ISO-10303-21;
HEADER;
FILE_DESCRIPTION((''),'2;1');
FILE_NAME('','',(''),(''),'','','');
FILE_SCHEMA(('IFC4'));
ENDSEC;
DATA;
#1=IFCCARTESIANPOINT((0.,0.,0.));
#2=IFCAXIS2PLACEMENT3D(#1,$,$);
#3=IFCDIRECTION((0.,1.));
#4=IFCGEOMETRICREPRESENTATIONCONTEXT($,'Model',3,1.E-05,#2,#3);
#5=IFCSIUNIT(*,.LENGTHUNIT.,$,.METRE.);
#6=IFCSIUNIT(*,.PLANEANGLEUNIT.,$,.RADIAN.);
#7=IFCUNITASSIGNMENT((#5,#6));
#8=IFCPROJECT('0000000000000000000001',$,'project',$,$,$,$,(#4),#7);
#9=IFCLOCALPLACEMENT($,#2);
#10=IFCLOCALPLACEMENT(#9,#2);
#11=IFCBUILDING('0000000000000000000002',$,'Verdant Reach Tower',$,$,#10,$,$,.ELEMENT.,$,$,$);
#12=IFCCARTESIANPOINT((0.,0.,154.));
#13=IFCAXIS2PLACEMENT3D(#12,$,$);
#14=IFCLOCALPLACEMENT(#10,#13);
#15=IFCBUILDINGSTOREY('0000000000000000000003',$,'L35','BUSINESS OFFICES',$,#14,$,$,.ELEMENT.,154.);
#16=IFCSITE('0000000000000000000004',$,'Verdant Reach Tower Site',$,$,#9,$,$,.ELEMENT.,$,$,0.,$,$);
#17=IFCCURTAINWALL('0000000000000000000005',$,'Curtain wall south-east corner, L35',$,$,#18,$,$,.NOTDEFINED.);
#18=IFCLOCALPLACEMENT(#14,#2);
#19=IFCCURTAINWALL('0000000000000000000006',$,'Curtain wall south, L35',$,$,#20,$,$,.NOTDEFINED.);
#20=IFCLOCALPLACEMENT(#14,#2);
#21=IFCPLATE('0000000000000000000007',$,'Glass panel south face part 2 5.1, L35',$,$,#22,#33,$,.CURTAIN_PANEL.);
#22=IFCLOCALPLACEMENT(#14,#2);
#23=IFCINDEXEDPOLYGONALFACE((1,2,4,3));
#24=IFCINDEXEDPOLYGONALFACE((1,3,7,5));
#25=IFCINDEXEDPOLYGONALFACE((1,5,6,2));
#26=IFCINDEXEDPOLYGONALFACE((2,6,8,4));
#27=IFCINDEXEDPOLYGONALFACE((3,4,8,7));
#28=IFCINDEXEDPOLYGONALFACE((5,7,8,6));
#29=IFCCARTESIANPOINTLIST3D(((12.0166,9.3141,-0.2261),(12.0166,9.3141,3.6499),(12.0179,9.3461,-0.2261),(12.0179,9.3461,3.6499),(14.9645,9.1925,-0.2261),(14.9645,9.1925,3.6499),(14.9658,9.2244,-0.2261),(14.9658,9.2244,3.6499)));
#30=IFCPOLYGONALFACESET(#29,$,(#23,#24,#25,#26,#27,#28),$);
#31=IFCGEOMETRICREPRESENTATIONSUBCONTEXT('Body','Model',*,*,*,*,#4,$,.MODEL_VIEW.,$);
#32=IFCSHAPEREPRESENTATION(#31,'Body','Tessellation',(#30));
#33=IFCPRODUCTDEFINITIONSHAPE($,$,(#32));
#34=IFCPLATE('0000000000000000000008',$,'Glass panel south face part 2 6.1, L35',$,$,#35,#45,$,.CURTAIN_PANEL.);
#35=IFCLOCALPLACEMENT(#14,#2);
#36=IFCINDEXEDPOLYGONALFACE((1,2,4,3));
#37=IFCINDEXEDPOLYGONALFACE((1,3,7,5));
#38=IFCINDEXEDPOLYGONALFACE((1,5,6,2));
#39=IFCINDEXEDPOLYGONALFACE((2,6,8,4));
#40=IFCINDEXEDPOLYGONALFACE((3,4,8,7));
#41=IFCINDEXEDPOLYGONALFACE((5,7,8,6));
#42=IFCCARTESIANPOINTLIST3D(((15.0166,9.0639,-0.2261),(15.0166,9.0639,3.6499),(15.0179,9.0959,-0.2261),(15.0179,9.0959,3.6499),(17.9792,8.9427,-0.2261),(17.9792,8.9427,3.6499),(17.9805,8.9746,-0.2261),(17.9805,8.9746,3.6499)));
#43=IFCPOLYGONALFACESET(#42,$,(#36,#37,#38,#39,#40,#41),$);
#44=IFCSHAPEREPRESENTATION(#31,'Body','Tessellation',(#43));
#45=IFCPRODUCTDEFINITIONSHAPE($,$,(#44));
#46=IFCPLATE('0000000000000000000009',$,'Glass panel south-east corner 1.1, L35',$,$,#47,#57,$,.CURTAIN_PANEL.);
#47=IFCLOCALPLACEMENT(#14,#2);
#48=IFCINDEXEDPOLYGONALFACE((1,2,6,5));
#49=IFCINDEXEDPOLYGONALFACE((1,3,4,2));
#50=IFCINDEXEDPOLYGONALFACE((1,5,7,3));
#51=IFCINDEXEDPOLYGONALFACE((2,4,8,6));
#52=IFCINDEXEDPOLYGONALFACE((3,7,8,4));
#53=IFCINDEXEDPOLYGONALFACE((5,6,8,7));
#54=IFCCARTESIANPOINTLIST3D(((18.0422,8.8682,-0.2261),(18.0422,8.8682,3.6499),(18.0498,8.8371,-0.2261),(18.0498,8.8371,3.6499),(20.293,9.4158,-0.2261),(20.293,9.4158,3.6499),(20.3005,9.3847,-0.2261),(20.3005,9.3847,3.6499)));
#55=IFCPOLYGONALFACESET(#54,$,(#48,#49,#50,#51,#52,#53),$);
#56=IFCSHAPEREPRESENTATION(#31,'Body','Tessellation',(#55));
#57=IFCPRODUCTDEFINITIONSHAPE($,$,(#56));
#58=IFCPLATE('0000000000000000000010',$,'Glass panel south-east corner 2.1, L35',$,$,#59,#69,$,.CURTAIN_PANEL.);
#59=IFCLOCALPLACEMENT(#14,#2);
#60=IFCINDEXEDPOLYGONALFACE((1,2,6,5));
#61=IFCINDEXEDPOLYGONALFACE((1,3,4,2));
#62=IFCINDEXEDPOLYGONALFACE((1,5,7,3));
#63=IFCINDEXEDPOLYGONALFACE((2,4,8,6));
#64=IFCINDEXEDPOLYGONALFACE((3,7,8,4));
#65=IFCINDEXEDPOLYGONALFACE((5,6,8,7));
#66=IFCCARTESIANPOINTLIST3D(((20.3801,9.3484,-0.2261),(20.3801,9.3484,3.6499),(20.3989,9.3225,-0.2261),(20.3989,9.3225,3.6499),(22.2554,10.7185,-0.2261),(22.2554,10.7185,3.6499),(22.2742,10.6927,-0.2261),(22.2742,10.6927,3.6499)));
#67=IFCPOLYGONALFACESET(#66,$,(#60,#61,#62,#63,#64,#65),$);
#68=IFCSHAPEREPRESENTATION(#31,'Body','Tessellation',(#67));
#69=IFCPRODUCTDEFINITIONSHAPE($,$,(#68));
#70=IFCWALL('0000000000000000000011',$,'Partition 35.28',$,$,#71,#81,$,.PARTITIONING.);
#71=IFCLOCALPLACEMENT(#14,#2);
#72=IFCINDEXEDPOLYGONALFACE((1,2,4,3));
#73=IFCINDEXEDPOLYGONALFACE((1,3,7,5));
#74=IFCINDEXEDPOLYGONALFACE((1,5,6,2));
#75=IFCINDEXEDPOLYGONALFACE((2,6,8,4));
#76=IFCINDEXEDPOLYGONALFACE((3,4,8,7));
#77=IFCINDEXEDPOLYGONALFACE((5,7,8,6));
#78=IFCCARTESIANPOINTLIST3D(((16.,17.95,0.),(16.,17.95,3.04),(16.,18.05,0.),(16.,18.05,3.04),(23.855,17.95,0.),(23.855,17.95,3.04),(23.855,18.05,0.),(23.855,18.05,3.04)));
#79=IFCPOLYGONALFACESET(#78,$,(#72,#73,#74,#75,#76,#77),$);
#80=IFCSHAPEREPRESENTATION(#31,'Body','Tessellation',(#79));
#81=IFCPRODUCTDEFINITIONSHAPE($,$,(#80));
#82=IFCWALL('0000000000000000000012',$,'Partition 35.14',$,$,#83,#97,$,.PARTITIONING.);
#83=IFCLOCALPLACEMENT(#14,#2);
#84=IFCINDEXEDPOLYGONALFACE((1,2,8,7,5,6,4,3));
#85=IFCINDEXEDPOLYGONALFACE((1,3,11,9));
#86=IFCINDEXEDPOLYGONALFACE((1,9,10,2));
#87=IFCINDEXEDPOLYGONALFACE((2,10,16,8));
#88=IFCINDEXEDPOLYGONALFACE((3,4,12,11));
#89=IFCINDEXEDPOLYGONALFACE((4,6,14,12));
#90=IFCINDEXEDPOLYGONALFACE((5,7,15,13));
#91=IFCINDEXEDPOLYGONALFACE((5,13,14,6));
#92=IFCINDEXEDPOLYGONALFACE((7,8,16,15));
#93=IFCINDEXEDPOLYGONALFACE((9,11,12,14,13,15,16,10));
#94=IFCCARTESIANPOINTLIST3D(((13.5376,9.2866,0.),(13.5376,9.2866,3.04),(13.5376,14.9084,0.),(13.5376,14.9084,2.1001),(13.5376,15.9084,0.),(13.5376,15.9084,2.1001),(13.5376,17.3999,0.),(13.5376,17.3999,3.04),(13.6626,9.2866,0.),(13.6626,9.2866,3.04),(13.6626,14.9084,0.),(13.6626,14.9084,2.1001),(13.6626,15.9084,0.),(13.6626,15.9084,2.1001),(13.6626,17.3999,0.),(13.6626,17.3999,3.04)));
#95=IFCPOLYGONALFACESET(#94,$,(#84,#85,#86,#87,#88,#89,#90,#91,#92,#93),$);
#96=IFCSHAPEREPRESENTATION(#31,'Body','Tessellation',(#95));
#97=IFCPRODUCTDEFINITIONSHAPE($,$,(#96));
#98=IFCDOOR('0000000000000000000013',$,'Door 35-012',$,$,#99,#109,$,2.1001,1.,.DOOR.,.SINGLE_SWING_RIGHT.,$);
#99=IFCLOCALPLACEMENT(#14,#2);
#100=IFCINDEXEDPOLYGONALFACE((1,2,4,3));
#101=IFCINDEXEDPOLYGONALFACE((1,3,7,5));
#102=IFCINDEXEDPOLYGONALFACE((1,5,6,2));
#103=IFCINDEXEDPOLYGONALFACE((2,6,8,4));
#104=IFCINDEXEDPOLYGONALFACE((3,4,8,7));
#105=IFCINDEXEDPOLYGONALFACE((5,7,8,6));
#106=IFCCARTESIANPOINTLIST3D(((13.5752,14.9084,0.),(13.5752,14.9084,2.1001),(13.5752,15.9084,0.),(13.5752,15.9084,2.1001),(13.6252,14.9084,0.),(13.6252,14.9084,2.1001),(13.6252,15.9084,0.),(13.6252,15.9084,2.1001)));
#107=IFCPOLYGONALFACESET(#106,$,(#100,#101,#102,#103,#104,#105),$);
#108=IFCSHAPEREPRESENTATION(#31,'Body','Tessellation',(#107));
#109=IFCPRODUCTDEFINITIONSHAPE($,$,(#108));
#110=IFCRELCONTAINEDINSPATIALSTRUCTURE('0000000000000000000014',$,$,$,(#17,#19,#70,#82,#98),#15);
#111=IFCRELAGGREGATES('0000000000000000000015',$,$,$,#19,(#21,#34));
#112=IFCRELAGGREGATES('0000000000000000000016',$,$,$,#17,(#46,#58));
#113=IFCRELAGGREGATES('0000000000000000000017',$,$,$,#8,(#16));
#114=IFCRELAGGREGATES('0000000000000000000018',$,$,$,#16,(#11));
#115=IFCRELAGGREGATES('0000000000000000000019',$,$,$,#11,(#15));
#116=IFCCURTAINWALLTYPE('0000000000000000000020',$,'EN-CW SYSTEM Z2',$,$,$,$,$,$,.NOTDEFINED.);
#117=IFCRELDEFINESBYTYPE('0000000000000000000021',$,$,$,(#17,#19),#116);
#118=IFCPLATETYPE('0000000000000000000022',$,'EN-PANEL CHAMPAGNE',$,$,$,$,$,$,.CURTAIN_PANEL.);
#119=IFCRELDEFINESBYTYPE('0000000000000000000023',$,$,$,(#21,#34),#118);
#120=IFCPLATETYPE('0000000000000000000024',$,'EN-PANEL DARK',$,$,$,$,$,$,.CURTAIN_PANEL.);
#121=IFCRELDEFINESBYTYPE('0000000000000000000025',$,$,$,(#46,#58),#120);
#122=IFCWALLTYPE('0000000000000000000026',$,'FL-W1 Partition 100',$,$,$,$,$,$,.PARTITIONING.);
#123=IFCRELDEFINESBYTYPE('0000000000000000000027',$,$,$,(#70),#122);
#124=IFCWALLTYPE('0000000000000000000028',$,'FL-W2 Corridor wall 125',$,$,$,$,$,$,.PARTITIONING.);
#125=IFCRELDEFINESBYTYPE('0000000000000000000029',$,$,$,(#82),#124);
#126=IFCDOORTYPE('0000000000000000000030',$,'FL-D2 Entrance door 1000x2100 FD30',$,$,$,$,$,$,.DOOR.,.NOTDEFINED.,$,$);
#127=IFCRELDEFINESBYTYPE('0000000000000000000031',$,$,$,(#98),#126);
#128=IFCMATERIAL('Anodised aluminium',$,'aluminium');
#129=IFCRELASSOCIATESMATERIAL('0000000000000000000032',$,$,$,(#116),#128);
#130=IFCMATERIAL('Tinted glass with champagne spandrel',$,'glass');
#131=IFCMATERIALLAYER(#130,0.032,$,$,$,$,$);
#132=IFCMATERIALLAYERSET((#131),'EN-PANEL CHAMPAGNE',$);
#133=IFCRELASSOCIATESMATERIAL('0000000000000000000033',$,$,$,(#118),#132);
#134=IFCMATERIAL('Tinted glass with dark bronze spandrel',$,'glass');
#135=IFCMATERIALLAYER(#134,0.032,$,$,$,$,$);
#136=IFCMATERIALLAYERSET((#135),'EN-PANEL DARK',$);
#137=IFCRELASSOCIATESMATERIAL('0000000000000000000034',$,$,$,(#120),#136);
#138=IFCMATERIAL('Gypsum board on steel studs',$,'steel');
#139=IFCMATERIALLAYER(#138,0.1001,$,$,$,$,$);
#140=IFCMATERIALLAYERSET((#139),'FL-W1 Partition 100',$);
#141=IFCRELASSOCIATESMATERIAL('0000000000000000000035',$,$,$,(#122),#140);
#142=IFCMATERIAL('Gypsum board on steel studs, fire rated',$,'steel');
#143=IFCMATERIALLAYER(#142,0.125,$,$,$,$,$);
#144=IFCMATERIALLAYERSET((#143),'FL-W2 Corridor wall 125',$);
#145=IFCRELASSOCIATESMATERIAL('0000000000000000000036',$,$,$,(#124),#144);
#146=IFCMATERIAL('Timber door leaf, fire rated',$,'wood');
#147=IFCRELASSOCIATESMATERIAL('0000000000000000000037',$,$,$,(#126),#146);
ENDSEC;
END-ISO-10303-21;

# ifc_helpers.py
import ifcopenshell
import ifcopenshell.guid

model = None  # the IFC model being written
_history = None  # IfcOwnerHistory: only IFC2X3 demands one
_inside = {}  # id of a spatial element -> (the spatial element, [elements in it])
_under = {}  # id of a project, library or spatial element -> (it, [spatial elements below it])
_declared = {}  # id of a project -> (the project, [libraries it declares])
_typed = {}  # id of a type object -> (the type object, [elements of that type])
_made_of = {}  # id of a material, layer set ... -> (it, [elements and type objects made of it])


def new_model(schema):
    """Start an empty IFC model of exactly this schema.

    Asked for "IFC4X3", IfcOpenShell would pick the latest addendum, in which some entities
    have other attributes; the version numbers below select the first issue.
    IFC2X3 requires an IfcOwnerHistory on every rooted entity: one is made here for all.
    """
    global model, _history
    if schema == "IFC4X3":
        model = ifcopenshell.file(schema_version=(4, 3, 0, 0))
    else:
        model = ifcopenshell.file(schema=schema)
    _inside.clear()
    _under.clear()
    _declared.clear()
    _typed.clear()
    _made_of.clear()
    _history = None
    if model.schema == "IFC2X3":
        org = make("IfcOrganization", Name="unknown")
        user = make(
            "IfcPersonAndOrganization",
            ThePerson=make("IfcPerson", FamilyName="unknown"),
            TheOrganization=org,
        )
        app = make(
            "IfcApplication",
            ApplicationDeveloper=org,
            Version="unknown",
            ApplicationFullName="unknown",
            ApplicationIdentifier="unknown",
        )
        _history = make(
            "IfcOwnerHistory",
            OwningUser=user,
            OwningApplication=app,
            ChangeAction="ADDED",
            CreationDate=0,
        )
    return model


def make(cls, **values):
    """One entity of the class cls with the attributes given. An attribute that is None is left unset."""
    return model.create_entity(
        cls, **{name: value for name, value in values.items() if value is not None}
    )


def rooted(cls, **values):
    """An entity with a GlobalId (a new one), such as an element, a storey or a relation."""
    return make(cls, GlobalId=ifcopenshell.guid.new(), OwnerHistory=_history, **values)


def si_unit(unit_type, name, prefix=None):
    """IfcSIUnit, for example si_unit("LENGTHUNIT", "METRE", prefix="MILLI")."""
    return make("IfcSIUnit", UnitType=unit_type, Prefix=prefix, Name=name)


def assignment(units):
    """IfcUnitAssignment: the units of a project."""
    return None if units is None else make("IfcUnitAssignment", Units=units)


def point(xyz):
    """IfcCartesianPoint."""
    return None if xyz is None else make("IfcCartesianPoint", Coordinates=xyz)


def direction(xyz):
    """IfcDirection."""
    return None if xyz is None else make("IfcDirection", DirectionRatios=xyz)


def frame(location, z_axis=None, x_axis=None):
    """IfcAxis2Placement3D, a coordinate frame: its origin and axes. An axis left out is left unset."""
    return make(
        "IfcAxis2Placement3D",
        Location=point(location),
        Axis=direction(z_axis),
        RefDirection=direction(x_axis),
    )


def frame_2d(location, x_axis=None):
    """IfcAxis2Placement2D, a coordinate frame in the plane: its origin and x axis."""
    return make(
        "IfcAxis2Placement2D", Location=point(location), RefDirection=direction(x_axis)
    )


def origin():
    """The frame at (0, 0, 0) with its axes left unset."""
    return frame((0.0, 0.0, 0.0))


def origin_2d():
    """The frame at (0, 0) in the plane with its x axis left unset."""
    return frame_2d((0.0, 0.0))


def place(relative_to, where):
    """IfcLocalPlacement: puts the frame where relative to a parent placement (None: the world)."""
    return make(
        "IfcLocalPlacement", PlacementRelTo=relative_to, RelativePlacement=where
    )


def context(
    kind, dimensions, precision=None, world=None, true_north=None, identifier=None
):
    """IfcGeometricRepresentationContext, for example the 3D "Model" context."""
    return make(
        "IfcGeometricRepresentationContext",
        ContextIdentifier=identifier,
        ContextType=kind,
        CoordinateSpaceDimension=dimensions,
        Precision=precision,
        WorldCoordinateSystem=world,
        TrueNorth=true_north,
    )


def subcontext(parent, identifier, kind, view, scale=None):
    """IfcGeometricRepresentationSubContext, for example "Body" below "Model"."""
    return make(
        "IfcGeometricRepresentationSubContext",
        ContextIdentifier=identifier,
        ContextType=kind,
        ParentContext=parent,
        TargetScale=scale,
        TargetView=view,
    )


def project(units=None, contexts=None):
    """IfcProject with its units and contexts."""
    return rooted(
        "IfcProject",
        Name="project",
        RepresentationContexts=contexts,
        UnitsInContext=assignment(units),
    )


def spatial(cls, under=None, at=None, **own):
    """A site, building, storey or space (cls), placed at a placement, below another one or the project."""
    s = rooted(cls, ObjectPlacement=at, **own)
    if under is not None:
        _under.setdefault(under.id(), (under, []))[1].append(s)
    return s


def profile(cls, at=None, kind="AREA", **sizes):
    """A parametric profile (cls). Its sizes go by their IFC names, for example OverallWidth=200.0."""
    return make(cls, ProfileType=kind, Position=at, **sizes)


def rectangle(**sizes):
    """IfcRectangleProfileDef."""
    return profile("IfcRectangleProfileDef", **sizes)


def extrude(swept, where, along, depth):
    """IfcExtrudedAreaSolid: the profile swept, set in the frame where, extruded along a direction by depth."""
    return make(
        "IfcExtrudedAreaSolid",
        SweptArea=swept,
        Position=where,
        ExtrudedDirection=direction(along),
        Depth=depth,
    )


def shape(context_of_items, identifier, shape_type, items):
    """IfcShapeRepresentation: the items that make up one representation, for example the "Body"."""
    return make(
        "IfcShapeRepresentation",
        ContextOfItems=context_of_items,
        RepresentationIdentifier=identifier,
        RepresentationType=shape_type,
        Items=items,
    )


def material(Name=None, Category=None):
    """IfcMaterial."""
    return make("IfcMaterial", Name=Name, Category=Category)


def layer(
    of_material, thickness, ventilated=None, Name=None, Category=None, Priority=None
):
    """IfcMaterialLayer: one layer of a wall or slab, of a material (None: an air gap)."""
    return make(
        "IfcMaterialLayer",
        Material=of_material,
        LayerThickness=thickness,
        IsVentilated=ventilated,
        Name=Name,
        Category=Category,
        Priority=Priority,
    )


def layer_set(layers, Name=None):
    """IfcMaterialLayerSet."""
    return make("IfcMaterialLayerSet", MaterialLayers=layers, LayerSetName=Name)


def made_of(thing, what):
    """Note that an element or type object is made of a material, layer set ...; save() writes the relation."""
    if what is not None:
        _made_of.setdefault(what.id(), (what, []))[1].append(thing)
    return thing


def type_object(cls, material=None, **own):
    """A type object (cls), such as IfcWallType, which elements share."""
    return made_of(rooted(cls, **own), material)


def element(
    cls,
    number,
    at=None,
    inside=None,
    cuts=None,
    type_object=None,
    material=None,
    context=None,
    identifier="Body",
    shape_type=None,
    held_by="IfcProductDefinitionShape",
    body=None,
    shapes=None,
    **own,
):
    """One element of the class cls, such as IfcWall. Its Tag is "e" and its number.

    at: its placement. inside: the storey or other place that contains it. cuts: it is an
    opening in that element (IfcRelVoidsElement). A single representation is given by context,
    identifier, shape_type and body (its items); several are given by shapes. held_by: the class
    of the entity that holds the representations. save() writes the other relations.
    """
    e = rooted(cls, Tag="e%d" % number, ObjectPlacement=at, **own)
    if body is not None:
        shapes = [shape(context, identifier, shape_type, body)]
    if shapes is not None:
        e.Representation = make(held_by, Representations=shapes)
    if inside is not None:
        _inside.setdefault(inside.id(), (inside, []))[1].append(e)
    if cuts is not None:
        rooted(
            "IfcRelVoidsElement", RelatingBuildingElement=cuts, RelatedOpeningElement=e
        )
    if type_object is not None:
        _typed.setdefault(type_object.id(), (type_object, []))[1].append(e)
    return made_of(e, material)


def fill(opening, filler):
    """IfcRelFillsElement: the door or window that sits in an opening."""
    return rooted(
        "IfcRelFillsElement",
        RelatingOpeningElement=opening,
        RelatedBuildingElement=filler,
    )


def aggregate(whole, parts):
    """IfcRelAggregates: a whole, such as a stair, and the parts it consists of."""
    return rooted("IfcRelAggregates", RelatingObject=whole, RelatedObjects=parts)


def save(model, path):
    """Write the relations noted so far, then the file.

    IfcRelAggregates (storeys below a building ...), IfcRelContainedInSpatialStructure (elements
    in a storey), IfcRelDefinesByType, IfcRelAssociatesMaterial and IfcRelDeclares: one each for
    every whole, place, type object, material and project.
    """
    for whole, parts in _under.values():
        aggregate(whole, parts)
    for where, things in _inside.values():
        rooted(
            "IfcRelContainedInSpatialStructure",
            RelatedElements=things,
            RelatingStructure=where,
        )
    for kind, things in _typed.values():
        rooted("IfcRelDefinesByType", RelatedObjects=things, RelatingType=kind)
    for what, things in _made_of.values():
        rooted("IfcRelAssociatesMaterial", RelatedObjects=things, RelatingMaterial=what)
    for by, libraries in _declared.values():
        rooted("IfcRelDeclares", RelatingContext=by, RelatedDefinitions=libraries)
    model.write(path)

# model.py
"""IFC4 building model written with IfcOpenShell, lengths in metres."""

from ifc_helpers import new_model, si_unit, direction, frame, frame_2d, origin, origin_2d, place, context, subcontext, project, spatial, rectangle, extrude, material, layer, layer_set, type_object, element, fill, aggregate, save


model = new_model("IFC4")

# Units and contexts
model_context = context("Model", 3, precision=1e-05, world=origin(), true_north=direction((0.0, 1.0)))
body_context = subcontext(model_context, "Body", "Model", "MODEL_VIEW")
ifc_project = project(units=[si_unit("LENGTHUNIT", "METRE"), si_unit("PLANEANGLEUNIT", "RADIAN")], contexts=[model_context])

# Site, building, storey
site_placement = place(None, origin())
site = spatial("IfcSite", under=ifc_project, at=site_placement, Name="Verdant Reach Tower Site", CompositionType="ELEMENT", RefElevation=0.0)
building_placement = place(site_placement, origin())
building = spatial("IfcBuilding", under=site, at=building_placement, Name="Verdant Reach Tower", CompositionType="ELEMENT")
storey_placement = place(building_placement, frame((0.0, 0.0, 154.0)))
storey = spatial("IfcBuildingStorey", under=building, at=storey_placement, Name="L35", Description="BUSINESS OFFICES", CompositionType="ELEMENT", Elevation=154.0)

# Shared definitions
ifc_material_1 = material(Name="Anodised aluminium", Category="aluminium")
curtain_wall_type = type_object("IfcCurtainWallType", Name="EN-CW SYSTEM Z2", PredefinedType="NOTDEFINED", material=ifc_material_1)

# Curtain wall
curtain_wall_1_placement = place(storey_placement, origin())
curtain_wall_1 = element("IfcCurtainWall", 1, at=curtain_wall_1_placement, inside=storey, type_object=curtain_wall_type, Name="Curtain wall south-east corner, L35", PredefinedType="NOTDEFINED")
ifc_material_2 = material(Name="Tinted glass with champagne spandrel", Category="glass")
ifc_layer_1 = layer(ifc_material_2, 0.032)
ifc_layer_set_1 = layer_set([ifc_layer_1], Name="EN-PANEL CHAMPAGNE")
plate_type_1 = type_object("IfcPlateType", Name="EN-PANEL CHAMPAGNE", PredefinedType="CURTAIN_PANEL", material=ifc_layer_set_1)

# Curtain wall, plates
curtain_wall_2_placement = place(storey_placement, origin())
curtain_wall_2 = element("IfcCurtainWall", 2, at=curtain_wall_2_placement, inside=storey, type_object=curtain_wall_type, Name="Curtain wall south, L35", PredefinedType="NOTDEFINED")
plate_1_placement = place(storey_placement, frame((13.4912, 9.2693, -0.2261), z_axis=(0.0, 0.0, 1.0), x_axis=(0.999149, -0.041242, 0.0)))
plate_1 = element("IfcPlate", 3, at=plate_1_placement, type_object=plate_type_1, Name="Glass panel south face part 2 5.1, L35", PredefinedType="CURTAIN_PANEL", context=body_context, shape_type="SweptSolid", body=[
    extrude(rectangle(XDim=2.9504, YDim=0.032, at=origin_2d()), origin(), (0.0, 0.0, 1.0), 3.876),
])
plate_2_placement = place(storey_placement, frame((16.4985, 9.0193, -0.2261), z_axis=(0.0, 0.0, 1.0), x_axis=(0.999163, -0.0409, 0.0)))
plate_2 = element("IfcPlate", 4, at=plate_2_placement, type_object=plate_type_1, Name="Glass panel south face part 2 6.1, L35", PredefinedType="CURTAIN_PANEL", context=body_context, shape_type="SweptSolid", body=[
    extrude(rectangle(XDim=2.9651, YDim=0.032, at=origin_2d()), origin(), (0.0, 0.0, 1.0), 3.876),
])
aggregate(curtain_wall_2, [plate_1, plate_2])

# Plates
ifc_material_3 = material(Name="Tinted glass with dark bronze spandrel", Category="glass")
ifc_layer_2 = layer(ifc_material_3, 0.032)
ifc_layer_set_2 = layer_set([ifc_layer_2], Name="EN-PANEL DARK")
plate_type_2 = type_object("IfcPlateType", Name="EN-PANEL DARK", PredefinedType="CURTAIN_PANEL", material=ifc_layer_set_2)
plate_3_placement = place(storey_placement, frame((19.1714, 9.1265, -0.2261), z_axis=(0.0, 0.0, 1.0), x_axis=(0.971658, 0.236391, 0.0)))
plate_3 = element("IfcPlate", 5, at=plate_3_placement, type_object=plate_type_2, Name="Glass panel south-east corner 1.1, L35", PredefinedType="CURTAIN_PANEL", context=body_context, shape_type="SweptSolid", body=[
    extrude(rectangle(XDim=2.3164, YDim=0.032, at=origin_2d()), origin(), (0.0, 0.0, 1.0), 3.876),
])
plate_4_placement = place(storey_placement, frame((21.3271, 10.0205, -0.2261), z_axis=(0.0, 0.0, 1.0), x_axis=(0.807457, 0.589927, 0.0)))
plate_4 = element("IfcPlate", 6, at=plate_4_placement, type_object=plate_type_2, Name="Glass panel south-east corner 2.1, L35", PredefinedType="CURTAIN_PANEL", context=body_context, shape_type="SweptSolid", body=[
    extrude(rectangle(XDim=2.3225, YDim=0.032, at=origin_2d()), origin(), (0.0, 0.0, 1.0), 3.876),
])
aggregate(curtain_wall_1, [plate_3, plate_4])

# Wall
ifc_material_4 = material(Name="Gypsum board on steel studs", Category="steel")
ifc_layer_3 = layer(ifc_material_4, 0.1001)
ifc_layer_set_3 = layer_set([ifc_layer_3], Name="FL-W1 Partition 100")
wall_type_1 = type_object("IfcWallType", Name="FL-W1 Partition 100", PredefinedType="PARTITIONING", material=ifc_layer_set_3)
wall_1_placement = place(storey_placement, frame((23.855, 18.0, 0.0), z_axis=(0.0, 0.0, 1.0), x_axis=(-1.0, 0.0, 0.0)))
element("IfcWall", 7, at=wall_1_placement, inside=storey, type_object=wall_type_1, Name="Partition 35.28", PredefinedType="PARTITIONING", context=body_context, shape_type="SweptSolid", body=[
    extrude(rectangle(XDim=7.855, YDim=0.1001, at=frame_2d((3.9275, 0.0))), origin(), (0.0, 0.0, 1.0), 3.04),
])

# Wall, opening, door
ifc_material_5 = material(Name="Gypsum board on steel studs, fire rated", Category="steel")
ifc_layer_4 = layer(ifc_material_5, 0.125)
ifc_layer_set_4 = layer_set([ifc_layer_4], Name="FL-W2 Corridor wall 125")
wall_type_2 = type_object("IfcWallType", Name="FL-W2 Corridor wall 125", PredefinedType="PARTITIONING", material=ifc_layer_set_4)
ifc_material_6 = material(Name="Timber door leaf, fire rated", Category="wood")
door_type = type_object("IfcDoorType", Name="FL-D2 Entrance door 1000x2100 FD30", OperationType="NOTDEFINED", PredefinedType="DOOR", material=ifc_material_6)
wall_2_placement = place(storey_placement, frame((13.6001, 9.2866, 0.0), z_axis=(0.0, 0.0, 1.0), x_axis=(0.0, 1.0, 0.0)))
wall_2 = element("IfcWall", 8, at=wall_2_placement, inside=storey, type_object=wall_type_2, Name="Partition 35.14", PredefinedType="PARTITIONING", context=body_context, shape_type="SweptSolid", body=[
    extrude(rectangle(XDim=8.1133, YDim=0.125, at=frame_2d((4.0566, 0.0))), origin(), (0.0, 0.0, 1.0), 3.04),
])
opening_1_placement = place(wall_2_placement, frame((5.6218, 0.0, 0.0)))
opening_1 = element("IfcOpeningElement", 9, at=opening_1_placement, cuts=wall_2, PredefinedType="OPENING", context=body_context, shape_type="SweptSolid", body=[
    extrude(rectangle(XDim=1.0, YDim=2.1001, at=frame_2d((0.5, 1.05))), frame((0.0, 0.0725, 0.0), z_axis=(0.0, -1.0, 0.0), x_axis=(1.0, 0.0, 0.0)), (0.0, 0.0, 1.0), 0.145),
])
door_1_placement = place(opening_1_placement, origin())
door_1 = element("IfcDoor", 10, at=door_1_placement, inside=storey, type_object=door_type, Name="Door 35-012", OperationType="SINGLE_SWING_RIGHT", OverallHeight=2.1001, OverallWidth=1.0, PredefinedType="DOOR", context=body_context, shape_type="SweptSolid", body=[
    extrude(rectangle(XDim=1.0, YDim=2.1001, at=frame_2d((0.5, 1.05))), frame((0.0, 0.0249, 0.0), z_axis=(0.0, -1.0, 0.0), x_axis=(1.0, 0.0, 0.0)), (0.0, 0.0, 1.0), 0.05),
])
fill(opening_1, door_1)

save(model, "model.ifc")
